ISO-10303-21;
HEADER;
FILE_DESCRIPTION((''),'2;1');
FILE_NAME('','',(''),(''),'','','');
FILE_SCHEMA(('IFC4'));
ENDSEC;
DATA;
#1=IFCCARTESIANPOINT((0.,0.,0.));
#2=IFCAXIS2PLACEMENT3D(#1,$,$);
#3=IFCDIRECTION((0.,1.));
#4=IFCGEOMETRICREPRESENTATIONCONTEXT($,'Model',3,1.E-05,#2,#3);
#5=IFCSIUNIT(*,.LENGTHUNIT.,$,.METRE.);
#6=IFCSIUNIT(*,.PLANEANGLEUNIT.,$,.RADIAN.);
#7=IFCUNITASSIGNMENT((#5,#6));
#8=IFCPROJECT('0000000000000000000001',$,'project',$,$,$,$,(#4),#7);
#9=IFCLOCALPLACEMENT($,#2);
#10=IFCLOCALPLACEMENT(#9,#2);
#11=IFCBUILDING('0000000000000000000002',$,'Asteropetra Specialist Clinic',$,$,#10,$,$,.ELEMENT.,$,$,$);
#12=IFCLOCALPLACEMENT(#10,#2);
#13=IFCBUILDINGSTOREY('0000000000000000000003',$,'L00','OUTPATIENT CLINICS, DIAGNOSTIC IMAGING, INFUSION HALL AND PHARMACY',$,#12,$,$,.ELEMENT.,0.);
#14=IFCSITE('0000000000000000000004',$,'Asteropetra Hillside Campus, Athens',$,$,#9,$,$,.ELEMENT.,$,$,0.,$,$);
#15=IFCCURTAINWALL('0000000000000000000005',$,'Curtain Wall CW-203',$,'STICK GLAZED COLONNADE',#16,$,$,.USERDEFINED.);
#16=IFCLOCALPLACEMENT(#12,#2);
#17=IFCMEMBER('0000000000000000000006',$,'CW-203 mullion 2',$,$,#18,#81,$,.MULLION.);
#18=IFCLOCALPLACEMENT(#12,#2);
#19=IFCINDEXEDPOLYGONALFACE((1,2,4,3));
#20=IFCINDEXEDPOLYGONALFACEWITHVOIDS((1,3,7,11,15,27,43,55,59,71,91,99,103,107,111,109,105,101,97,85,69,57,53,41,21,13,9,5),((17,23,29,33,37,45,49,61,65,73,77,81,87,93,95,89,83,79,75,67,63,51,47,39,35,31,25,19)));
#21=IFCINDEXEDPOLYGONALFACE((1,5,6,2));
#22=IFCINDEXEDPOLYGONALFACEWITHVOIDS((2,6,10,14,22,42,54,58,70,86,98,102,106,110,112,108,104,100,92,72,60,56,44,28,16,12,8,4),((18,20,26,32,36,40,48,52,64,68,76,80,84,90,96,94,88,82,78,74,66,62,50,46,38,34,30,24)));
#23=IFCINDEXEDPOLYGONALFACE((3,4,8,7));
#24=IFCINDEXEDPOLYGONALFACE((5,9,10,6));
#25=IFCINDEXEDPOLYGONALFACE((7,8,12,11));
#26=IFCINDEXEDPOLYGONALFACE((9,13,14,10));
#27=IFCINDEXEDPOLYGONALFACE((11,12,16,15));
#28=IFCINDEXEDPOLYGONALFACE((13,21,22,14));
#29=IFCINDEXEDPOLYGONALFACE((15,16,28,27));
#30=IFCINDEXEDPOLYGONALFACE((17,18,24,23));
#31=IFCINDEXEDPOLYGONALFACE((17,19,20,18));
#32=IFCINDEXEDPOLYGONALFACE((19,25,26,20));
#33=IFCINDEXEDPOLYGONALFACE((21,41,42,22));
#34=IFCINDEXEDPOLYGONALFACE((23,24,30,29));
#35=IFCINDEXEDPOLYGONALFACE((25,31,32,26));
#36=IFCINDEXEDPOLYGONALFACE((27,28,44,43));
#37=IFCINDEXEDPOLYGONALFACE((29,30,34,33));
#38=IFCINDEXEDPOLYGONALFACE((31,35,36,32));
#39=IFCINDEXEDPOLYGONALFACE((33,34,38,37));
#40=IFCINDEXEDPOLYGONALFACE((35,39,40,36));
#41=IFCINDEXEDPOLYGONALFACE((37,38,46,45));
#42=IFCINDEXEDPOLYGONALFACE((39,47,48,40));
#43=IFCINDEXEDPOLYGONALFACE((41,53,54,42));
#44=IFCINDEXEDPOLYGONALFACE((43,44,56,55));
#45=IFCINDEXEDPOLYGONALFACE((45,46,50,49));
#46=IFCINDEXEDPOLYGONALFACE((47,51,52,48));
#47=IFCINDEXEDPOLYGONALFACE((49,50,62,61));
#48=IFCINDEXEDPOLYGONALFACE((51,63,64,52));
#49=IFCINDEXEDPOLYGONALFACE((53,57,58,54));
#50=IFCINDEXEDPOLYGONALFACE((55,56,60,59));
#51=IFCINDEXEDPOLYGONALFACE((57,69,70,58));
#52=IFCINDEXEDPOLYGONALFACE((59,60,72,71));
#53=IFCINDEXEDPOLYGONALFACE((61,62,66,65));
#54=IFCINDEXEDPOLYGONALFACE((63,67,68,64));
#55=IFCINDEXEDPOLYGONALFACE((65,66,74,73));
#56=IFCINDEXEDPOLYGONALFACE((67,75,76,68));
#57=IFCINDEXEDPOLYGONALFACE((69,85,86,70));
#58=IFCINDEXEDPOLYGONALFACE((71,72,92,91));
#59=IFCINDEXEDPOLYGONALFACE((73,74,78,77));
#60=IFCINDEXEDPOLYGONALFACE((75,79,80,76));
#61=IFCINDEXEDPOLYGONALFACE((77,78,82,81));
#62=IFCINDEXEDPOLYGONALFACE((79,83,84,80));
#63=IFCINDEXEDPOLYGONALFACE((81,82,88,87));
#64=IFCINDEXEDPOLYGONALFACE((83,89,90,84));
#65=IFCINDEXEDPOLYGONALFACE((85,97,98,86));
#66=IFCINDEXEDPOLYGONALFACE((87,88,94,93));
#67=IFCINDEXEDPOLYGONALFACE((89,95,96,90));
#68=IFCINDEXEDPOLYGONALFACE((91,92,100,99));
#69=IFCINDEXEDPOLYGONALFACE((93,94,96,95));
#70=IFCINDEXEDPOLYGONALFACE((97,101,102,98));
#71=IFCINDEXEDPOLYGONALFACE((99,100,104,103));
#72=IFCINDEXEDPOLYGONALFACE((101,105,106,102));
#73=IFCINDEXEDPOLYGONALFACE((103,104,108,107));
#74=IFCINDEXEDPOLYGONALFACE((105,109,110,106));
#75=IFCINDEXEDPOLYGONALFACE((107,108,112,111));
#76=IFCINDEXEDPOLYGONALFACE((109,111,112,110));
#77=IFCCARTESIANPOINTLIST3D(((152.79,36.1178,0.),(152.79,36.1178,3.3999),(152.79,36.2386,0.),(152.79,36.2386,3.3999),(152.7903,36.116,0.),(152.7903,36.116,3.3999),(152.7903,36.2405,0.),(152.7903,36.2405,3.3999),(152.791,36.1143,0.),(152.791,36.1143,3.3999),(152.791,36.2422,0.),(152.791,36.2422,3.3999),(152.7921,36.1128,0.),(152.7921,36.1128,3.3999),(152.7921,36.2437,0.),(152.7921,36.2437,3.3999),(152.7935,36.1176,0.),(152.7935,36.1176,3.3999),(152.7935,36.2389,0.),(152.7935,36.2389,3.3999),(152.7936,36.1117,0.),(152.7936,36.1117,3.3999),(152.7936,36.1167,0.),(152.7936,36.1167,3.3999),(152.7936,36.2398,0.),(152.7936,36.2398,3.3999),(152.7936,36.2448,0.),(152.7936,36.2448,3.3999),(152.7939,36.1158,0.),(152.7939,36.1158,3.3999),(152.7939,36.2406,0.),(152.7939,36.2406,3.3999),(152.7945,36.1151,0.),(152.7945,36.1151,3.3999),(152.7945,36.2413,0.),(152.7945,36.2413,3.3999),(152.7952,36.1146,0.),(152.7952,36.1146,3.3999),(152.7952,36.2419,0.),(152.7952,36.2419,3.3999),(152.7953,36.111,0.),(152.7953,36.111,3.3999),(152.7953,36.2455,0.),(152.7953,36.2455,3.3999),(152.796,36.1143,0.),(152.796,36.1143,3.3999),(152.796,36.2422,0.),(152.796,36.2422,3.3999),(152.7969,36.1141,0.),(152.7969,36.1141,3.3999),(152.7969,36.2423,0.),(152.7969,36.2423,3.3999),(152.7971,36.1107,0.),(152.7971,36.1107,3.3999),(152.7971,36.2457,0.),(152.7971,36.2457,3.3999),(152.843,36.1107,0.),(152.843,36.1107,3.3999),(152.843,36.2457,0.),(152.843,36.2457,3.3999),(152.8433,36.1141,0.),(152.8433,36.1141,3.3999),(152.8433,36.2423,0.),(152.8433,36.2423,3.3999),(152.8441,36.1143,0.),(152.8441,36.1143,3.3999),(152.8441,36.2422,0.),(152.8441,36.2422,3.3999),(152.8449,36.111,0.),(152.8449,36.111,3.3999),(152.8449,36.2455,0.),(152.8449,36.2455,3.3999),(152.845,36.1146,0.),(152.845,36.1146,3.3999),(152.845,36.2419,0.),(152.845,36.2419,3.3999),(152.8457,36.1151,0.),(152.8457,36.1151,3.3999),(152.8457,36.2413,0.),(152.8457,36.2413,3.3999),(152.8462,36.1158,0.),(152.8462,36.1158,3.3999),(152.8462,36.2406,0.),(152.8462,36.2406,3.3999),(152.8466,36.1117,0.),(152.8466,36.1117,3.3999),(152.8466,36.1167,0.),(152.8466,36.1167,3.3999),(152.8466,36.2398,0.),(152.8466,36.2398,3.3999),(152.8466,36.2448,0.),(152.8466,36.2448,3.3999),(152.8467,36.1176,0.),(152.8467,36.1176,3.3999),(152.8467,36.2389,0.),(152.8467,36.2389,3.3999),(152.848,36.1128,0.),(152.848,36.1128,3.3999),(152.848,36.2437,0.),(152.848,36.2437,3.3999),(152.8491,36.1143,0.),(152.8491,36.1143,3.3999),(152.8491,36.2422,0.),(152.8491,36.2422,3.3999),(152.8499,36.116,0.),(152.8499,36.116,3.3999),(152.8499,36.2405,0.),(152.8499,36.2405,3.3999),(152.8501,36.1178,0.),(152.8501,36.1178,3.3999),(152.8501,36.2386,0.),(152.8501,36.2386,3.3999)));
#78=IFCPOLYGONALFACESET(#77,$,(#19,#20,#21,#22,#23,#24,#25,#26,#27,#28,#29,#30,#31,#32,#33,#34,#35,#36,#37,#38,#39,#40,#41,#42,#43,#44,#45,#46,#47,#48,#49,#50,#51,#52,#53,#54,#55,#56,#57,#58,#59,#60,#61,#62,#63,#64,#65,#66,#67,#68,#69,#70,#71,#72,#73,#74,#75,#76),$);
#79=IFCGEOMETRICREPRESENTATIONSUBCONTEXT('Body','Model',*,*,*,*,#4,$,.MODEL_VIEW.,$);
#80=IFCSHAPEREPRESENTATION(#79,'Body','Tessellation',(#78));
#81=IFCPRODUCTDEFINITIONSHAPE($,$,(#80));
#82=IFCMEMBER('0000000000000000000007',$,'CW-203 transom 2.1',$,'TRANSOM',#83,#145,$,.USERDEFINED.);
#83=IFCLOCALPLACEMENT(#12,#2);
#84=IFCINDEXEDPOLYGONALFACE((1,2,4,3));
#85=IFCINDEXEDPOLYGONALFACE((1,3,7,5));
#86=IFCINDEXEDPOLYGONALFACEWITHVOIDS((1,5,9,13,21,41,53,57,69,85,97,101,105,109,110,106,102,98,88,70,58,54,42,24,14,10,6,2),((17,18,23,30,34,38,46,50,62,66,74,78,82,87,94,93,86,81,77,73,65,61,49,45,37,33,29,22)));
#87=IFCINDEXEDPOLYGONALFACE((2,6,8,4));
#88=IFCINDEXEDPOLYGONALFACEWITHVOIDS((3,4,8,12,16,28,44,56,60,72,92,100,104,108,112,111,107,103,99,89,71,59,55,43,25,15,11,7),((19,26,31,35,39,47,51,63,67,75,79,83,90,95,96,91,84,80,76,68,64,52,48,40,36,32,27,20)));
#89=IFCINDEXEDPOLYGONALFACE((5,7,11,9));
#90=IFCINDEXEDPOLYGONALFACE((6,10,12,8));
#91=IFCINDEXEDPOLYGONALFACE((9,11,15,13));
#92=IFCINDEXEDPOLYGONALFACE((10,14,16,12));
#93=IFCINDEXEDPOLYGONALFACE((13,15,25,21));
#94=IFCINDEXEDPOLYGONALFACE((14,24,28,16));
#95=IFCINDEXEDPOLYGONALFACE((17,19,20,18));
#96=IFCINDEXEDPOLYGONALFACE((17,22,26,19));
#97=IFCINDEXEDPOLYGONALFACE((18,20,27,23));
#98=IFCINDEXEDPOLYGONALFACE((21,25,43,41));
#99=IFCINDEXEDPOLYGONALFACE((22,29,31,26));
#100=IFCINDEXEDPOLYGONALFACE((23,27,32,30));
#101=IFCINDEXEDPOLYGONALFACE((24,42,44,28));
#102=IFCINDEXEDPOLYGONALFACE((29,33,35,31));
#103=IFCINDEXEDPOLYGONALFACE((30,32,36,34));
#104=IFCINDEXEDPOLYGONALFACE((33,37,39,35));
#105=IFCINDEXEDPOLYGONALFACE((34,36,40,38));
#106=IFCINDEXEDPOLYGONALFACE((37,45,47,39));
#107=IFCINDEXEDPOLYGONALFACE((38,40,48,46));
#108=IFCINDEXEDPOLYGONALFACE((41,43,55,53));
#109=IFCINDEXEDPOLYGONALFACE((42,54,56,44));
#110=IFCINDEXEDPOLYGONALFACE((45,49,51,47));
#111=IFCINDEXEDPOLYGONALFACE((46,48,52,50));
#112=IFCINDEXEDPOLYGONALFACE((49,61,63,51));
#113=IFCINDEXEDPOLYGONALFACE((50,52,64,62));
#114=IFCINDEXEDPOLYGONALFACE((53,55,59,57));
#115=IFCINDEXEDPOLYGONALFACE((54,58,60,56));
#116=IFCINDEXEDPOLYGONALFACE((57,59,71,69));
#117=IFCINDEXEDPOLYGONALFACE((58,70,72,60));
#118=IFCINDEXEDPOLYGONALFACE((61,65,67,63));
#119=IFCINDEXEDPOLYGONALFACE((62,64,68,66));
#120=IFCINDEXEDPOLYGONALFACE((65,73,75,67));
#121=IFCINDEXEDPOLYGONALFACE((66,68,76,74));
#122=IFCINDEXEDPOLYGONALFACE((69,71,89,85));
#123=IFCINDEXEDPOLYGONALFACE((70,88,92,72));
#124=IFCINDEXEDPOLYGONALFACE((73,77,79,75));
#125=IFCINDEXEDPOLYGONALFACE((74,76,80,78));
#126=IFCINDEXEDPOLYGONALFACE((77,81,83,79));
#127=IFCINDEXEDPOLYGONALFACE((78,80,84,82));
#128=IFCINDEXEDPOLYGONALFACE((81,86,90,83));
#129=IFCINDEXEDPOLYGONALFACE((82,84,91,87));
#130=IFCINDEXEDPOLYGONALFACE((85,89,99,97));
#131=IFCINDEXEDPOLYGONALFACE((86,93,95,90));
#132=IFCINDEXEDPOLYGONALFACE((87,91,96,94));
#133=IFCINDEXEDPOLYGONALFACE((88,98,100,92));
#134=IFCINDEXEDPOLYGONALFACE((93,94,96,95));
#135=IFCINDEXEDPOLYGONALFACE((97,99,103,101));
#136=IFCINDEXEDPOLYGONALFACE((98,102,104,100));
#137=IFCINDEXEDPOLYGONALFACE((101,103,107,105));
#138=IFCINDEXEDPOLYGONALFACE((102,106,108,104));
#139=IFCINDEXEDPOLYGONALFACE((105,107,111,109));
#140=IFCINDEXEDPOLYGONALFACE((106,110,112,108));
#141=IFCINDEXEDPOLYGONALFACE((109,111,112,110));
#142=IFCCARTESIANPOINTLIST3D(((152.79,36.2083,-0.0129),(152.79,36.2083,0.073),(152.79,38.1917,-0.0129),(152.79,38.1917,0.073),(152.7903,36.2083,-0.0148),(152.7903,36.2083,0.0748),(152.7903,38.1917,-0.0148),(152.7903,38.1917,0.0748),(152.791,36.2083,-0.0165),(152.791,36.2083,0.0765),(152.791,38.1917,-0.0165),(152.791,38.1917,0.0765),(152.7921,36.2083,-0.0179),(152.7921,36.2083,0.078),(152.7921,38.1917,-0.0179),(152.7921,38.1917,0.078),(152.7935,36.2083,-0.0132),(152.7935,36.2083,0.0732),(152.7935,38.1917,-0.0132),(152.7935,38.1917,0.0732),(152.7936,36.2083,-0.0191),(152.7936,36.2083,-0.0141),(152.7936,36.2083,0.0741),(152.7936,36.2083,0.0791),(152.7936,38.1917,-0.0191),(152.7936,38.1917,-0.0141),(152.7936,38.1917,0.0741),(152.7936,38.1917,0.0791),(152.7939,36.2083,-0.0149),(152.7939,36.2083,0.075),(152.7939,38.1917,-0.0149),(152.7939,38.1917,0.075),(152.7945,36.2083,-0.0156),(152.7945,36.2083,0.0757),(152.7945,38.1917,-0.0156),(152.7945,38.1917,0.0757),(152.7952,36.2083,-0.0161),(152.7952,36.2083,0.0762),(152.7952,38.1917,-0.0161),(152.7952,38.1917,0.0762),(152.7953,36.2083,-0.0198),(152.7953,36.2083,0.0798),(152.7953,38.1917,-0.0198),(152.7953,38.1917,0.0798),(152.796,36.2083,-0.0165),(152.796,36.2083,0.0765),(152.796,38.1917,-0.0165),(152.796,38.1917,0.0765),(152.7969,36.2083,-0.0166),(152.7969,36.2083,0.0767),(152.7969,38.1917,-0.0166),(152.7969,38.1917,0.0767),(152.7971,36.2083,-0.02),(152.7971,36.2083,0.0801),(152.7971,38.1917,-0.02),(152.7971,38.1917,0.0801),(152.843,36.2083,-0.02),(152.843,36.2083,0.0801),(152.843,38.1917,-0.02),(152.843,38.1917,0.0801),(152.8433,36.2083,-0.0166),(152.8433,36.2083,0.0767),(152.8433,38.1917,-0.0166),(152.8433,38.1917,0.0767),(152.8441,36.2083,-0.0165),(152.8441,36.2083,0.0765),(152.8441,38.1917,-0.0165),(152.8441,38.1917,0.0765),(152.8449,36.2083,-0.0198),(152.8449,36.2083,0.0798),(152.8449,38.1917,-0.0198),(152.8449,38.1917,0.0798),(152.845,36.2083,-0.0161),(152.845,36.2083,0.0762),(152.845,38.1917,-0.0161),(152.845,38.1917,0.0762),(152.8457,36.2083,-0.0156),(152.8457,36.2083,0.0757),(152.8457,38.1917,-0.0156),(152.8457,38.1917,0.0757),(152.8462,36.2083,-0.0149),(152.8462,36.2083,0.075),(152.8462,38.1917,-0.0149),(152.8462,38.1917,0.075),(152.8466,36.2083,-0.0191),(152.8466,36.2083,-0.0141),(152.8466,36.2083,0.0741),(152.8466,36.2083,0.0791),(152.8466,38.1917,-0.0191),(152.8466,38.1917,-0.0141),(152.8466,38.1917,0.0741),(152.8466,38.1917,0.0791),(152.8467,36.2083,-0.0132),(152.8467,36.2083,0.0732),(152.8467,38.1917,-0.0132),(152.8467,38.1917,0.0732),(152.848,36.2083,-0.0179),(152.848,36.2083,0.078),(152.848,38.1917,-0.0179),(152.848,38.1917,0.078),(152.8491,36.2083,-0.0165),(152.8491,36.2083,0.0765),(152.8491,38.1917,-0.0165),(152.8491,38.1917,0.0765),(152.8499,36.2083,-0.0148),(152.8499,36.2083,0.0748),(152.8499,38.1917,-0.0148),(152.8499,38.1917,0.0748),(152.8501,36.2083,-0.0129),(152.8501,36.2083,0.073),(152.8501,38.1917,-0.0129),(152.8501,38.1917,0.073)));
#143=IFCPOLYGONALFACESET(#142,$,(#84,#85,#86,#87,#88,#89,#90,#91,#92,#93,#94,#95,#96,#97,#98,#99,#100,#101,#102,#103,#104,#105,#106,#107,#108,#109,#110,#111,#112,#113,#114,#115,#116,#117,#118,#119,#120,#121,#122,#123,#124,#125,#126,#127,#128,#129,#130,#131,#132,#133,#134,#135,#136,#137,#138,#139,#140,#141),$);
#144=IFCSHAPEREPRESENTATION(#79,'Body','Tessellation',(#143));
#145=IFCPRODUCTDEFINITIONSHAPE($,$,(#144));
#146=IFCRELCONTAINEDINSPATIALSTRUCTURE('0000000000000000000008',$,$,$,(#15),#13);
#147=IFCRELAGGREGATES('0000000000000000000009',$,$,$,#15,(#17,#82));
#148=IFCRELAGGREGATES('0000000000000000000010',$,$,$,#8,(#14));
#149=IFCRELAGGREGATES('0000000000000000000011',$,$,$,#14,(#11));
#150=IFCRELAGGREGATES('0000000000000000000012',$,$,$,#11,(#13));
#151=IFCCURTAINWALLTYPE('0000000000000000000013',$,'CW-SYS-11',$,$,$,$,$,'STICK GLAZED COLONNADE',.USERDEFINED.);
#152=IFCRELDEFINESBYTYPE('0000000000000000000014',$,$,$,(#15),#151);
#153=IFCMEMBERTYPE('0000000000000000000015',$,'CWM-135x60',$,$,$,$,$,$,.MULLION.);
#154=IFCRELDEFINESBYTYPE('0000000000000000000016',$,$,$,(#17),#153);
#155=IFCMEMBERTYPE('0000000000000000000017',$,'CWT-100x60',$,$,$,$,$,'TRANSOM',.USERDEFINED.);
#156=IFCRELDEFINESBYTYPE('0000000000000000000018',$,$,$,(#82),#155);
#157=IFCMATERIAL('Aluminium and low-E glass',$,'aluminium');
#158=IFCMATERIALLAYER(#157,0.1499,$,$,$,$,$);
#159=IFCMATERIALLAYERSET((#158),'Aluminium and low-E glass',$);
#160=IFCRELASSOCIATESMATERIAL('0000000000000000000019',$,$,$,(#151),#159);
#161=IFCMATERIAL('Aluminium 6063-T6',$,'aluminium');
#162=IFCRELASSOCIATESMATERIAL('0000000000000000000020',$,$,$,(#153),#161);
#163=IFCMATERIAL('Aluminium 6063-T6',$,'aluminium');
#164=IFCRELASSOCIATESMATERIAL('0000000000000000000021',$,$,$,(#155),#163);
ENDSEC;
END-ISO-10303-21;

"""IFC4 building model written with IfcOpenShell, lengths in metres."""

from ifc_helpers import new_model, si_unit, direction, frame, origin, origin_2d, place, context, subcontext, project, spatial, hollow_rectangle, extrude, material, layer, layer_set, material_profile, profile_set, type_object, element, aggregate, save


model = new_model("IFC4")

# Units and contexts
model_context = context("Model", 3, precision=1e-05, world=origin(), true_north=direction((0.0, 1.0)))
body_context = subcontext(model_context, "Body", "Model", "MODEL_VIEW")
ifc_project = project(units=[si_unit("LENGTHUNIT", "METRE"), si_unit("PLANEANGLEUNIT", "RADIAN")], contexts=[model_context])

# Site, building, storey
site_placement = place(None, origin())
site = spatial("IfcSite", under=ifc_project, at=site_placement, Name="Asteropetra Hillside Campus, Athens", CompositionType="ELEMENT", RefElevation=0.0)
building_placement = place(site_placement, origin())
building = spatial("IfcBuilding", under=site, at=building_placement, Name="Asteropetra Specialist Clinic", CompositionType="ELEMENT")
storey_placement = place(building_placement, origin())
storey = spatial("IfcBuildingStorey", under=building, at=storey_placement, Name="L00", Description="OUTPATIENT CLINICS, DIAGNOSTIC IMAGING, INFUSION HALL AND PHARMACY", CompositionType="ELEMENT", Elevation=0.0)

# Curtain wall, members
ifc_material_1 = material(Name="Aluminium and low-E glass", Category="aluminium")
ifc_layer_1 = layer(ifc_material_1, 0.1499)
ifc_layer_set_1 = layer_set([ifc_layer_1], Name="Aluminium and low-E glass")
curtain_wall_type = type_object("IfcCurtainWallType", Name="CW-SYS-11", ElementType="STICK GLAZED COLONNADE", PredefinedType="USERDEFINED", material=ifc_layer_set_1)
curtain_wall_placement = place(storey_placement, origin())
curtain_wall = element("IfcCurtainWall", 1, at=curtain_wall_placement, inside=storey, type_object=curtain_wall_type, Name="Curtain Wall CW-203", ObjectType="STICK GLAZED COLONNADE", PredefinedType="USERDEFINED")
ifc_material_2 = material(Name="Aluminium 6063-T6", Category="aluminium")
ifc_material_profile_1 = material_profile(ifc_material_2, hollow_rectangle(XDim=0.0601, YDim=0.135, WallThickness=0.0034, InnerFilletRadius=0.0034, OuterFilletRadius=0.0071, at=origin_2d()), Name="MUL 135x60x3.5")
ifc_profile_set_1 = profile_set([ifc_material_profile_1], Name="Aluminium 6063-T6")
member_type_1 = type_object("IfcMemberType", Name="CWM-135x60", PredefinedType="MULLION", material=ifc_profile_set_1)
member_1_placement = place(storey_placement, frame((152.8201, 36.1782, 0.0), z_axis=(0.0, 0.0, 1.0), x_axis=(-1.0, 0.0, 0.0)))
member_1 = element("IfcMember", 2, at=member_1_placement, type_object=member_type_1, Name="CW-203 mullion 2", PredefinedType="MULLION", context=body_context, shape_type="SweptSolid", body=[
    extrude(hollow_rectangle(XDim=0.0601, YDim=0.135, WallThickness=0.0034, InnerFilletRadius=0.0034, OuterFilletRadius=0.0071, at=origin_2d()), origin(), (0.0, 0.0, 1.0), 3.3999),
])
ifc_material_3 = material(Name="Aluminium 6063-T6", Category="aluminium")
ifc_material_profile_2 = material_profile(ifc_material_3, hollow_rectangle(XDim=0.0601, YDim=0.1001, WallThickness=0.0034, InnerFilletRadius=0.0034, OuterFilletRadius=0.0071, at=origin_2d()), Name="TRN 100x60x3.5")
ifc_profile_set_2 = profile_set([ifc_material_profile_2], Name="Aluminium 6063-T6")
member_type_2 = type_object("IfcMemberType", Name="CWT-100x60", ElementType="TRANSOM", PredefinedType="USERDEFINED", material=ifc_profile_set_2)
member_2_placement = place(storey_placement, frame((152.8201, 36.2083, 0.03), z_axis=(0.0, 1.0, 0.0), x_axis=(-1.0, 0.0, 0.0)))
member_2 = element("IfcMember", 3, at=member_2_placement, type_object=member_type_2, Name="CW-203 transom 2.1", ObjectType="TRANSOM", PredefinedType="USERDEFINED", context=body_context, shape_type="SweptSolid", body=[
    extrude(hollow_rectangle(XDim=0.0601, YDim=0.1001, WallThickness=0.0034, InnerFilletRadius=0.0034, OuterFilletRadius=0.0071, at=origin_2d()), origin(), (0.0, 0.0, 1.0), 1.9834),
])
aggregate(curtain_wall, [member_1, member_2])

save(model, "model.ifc")
